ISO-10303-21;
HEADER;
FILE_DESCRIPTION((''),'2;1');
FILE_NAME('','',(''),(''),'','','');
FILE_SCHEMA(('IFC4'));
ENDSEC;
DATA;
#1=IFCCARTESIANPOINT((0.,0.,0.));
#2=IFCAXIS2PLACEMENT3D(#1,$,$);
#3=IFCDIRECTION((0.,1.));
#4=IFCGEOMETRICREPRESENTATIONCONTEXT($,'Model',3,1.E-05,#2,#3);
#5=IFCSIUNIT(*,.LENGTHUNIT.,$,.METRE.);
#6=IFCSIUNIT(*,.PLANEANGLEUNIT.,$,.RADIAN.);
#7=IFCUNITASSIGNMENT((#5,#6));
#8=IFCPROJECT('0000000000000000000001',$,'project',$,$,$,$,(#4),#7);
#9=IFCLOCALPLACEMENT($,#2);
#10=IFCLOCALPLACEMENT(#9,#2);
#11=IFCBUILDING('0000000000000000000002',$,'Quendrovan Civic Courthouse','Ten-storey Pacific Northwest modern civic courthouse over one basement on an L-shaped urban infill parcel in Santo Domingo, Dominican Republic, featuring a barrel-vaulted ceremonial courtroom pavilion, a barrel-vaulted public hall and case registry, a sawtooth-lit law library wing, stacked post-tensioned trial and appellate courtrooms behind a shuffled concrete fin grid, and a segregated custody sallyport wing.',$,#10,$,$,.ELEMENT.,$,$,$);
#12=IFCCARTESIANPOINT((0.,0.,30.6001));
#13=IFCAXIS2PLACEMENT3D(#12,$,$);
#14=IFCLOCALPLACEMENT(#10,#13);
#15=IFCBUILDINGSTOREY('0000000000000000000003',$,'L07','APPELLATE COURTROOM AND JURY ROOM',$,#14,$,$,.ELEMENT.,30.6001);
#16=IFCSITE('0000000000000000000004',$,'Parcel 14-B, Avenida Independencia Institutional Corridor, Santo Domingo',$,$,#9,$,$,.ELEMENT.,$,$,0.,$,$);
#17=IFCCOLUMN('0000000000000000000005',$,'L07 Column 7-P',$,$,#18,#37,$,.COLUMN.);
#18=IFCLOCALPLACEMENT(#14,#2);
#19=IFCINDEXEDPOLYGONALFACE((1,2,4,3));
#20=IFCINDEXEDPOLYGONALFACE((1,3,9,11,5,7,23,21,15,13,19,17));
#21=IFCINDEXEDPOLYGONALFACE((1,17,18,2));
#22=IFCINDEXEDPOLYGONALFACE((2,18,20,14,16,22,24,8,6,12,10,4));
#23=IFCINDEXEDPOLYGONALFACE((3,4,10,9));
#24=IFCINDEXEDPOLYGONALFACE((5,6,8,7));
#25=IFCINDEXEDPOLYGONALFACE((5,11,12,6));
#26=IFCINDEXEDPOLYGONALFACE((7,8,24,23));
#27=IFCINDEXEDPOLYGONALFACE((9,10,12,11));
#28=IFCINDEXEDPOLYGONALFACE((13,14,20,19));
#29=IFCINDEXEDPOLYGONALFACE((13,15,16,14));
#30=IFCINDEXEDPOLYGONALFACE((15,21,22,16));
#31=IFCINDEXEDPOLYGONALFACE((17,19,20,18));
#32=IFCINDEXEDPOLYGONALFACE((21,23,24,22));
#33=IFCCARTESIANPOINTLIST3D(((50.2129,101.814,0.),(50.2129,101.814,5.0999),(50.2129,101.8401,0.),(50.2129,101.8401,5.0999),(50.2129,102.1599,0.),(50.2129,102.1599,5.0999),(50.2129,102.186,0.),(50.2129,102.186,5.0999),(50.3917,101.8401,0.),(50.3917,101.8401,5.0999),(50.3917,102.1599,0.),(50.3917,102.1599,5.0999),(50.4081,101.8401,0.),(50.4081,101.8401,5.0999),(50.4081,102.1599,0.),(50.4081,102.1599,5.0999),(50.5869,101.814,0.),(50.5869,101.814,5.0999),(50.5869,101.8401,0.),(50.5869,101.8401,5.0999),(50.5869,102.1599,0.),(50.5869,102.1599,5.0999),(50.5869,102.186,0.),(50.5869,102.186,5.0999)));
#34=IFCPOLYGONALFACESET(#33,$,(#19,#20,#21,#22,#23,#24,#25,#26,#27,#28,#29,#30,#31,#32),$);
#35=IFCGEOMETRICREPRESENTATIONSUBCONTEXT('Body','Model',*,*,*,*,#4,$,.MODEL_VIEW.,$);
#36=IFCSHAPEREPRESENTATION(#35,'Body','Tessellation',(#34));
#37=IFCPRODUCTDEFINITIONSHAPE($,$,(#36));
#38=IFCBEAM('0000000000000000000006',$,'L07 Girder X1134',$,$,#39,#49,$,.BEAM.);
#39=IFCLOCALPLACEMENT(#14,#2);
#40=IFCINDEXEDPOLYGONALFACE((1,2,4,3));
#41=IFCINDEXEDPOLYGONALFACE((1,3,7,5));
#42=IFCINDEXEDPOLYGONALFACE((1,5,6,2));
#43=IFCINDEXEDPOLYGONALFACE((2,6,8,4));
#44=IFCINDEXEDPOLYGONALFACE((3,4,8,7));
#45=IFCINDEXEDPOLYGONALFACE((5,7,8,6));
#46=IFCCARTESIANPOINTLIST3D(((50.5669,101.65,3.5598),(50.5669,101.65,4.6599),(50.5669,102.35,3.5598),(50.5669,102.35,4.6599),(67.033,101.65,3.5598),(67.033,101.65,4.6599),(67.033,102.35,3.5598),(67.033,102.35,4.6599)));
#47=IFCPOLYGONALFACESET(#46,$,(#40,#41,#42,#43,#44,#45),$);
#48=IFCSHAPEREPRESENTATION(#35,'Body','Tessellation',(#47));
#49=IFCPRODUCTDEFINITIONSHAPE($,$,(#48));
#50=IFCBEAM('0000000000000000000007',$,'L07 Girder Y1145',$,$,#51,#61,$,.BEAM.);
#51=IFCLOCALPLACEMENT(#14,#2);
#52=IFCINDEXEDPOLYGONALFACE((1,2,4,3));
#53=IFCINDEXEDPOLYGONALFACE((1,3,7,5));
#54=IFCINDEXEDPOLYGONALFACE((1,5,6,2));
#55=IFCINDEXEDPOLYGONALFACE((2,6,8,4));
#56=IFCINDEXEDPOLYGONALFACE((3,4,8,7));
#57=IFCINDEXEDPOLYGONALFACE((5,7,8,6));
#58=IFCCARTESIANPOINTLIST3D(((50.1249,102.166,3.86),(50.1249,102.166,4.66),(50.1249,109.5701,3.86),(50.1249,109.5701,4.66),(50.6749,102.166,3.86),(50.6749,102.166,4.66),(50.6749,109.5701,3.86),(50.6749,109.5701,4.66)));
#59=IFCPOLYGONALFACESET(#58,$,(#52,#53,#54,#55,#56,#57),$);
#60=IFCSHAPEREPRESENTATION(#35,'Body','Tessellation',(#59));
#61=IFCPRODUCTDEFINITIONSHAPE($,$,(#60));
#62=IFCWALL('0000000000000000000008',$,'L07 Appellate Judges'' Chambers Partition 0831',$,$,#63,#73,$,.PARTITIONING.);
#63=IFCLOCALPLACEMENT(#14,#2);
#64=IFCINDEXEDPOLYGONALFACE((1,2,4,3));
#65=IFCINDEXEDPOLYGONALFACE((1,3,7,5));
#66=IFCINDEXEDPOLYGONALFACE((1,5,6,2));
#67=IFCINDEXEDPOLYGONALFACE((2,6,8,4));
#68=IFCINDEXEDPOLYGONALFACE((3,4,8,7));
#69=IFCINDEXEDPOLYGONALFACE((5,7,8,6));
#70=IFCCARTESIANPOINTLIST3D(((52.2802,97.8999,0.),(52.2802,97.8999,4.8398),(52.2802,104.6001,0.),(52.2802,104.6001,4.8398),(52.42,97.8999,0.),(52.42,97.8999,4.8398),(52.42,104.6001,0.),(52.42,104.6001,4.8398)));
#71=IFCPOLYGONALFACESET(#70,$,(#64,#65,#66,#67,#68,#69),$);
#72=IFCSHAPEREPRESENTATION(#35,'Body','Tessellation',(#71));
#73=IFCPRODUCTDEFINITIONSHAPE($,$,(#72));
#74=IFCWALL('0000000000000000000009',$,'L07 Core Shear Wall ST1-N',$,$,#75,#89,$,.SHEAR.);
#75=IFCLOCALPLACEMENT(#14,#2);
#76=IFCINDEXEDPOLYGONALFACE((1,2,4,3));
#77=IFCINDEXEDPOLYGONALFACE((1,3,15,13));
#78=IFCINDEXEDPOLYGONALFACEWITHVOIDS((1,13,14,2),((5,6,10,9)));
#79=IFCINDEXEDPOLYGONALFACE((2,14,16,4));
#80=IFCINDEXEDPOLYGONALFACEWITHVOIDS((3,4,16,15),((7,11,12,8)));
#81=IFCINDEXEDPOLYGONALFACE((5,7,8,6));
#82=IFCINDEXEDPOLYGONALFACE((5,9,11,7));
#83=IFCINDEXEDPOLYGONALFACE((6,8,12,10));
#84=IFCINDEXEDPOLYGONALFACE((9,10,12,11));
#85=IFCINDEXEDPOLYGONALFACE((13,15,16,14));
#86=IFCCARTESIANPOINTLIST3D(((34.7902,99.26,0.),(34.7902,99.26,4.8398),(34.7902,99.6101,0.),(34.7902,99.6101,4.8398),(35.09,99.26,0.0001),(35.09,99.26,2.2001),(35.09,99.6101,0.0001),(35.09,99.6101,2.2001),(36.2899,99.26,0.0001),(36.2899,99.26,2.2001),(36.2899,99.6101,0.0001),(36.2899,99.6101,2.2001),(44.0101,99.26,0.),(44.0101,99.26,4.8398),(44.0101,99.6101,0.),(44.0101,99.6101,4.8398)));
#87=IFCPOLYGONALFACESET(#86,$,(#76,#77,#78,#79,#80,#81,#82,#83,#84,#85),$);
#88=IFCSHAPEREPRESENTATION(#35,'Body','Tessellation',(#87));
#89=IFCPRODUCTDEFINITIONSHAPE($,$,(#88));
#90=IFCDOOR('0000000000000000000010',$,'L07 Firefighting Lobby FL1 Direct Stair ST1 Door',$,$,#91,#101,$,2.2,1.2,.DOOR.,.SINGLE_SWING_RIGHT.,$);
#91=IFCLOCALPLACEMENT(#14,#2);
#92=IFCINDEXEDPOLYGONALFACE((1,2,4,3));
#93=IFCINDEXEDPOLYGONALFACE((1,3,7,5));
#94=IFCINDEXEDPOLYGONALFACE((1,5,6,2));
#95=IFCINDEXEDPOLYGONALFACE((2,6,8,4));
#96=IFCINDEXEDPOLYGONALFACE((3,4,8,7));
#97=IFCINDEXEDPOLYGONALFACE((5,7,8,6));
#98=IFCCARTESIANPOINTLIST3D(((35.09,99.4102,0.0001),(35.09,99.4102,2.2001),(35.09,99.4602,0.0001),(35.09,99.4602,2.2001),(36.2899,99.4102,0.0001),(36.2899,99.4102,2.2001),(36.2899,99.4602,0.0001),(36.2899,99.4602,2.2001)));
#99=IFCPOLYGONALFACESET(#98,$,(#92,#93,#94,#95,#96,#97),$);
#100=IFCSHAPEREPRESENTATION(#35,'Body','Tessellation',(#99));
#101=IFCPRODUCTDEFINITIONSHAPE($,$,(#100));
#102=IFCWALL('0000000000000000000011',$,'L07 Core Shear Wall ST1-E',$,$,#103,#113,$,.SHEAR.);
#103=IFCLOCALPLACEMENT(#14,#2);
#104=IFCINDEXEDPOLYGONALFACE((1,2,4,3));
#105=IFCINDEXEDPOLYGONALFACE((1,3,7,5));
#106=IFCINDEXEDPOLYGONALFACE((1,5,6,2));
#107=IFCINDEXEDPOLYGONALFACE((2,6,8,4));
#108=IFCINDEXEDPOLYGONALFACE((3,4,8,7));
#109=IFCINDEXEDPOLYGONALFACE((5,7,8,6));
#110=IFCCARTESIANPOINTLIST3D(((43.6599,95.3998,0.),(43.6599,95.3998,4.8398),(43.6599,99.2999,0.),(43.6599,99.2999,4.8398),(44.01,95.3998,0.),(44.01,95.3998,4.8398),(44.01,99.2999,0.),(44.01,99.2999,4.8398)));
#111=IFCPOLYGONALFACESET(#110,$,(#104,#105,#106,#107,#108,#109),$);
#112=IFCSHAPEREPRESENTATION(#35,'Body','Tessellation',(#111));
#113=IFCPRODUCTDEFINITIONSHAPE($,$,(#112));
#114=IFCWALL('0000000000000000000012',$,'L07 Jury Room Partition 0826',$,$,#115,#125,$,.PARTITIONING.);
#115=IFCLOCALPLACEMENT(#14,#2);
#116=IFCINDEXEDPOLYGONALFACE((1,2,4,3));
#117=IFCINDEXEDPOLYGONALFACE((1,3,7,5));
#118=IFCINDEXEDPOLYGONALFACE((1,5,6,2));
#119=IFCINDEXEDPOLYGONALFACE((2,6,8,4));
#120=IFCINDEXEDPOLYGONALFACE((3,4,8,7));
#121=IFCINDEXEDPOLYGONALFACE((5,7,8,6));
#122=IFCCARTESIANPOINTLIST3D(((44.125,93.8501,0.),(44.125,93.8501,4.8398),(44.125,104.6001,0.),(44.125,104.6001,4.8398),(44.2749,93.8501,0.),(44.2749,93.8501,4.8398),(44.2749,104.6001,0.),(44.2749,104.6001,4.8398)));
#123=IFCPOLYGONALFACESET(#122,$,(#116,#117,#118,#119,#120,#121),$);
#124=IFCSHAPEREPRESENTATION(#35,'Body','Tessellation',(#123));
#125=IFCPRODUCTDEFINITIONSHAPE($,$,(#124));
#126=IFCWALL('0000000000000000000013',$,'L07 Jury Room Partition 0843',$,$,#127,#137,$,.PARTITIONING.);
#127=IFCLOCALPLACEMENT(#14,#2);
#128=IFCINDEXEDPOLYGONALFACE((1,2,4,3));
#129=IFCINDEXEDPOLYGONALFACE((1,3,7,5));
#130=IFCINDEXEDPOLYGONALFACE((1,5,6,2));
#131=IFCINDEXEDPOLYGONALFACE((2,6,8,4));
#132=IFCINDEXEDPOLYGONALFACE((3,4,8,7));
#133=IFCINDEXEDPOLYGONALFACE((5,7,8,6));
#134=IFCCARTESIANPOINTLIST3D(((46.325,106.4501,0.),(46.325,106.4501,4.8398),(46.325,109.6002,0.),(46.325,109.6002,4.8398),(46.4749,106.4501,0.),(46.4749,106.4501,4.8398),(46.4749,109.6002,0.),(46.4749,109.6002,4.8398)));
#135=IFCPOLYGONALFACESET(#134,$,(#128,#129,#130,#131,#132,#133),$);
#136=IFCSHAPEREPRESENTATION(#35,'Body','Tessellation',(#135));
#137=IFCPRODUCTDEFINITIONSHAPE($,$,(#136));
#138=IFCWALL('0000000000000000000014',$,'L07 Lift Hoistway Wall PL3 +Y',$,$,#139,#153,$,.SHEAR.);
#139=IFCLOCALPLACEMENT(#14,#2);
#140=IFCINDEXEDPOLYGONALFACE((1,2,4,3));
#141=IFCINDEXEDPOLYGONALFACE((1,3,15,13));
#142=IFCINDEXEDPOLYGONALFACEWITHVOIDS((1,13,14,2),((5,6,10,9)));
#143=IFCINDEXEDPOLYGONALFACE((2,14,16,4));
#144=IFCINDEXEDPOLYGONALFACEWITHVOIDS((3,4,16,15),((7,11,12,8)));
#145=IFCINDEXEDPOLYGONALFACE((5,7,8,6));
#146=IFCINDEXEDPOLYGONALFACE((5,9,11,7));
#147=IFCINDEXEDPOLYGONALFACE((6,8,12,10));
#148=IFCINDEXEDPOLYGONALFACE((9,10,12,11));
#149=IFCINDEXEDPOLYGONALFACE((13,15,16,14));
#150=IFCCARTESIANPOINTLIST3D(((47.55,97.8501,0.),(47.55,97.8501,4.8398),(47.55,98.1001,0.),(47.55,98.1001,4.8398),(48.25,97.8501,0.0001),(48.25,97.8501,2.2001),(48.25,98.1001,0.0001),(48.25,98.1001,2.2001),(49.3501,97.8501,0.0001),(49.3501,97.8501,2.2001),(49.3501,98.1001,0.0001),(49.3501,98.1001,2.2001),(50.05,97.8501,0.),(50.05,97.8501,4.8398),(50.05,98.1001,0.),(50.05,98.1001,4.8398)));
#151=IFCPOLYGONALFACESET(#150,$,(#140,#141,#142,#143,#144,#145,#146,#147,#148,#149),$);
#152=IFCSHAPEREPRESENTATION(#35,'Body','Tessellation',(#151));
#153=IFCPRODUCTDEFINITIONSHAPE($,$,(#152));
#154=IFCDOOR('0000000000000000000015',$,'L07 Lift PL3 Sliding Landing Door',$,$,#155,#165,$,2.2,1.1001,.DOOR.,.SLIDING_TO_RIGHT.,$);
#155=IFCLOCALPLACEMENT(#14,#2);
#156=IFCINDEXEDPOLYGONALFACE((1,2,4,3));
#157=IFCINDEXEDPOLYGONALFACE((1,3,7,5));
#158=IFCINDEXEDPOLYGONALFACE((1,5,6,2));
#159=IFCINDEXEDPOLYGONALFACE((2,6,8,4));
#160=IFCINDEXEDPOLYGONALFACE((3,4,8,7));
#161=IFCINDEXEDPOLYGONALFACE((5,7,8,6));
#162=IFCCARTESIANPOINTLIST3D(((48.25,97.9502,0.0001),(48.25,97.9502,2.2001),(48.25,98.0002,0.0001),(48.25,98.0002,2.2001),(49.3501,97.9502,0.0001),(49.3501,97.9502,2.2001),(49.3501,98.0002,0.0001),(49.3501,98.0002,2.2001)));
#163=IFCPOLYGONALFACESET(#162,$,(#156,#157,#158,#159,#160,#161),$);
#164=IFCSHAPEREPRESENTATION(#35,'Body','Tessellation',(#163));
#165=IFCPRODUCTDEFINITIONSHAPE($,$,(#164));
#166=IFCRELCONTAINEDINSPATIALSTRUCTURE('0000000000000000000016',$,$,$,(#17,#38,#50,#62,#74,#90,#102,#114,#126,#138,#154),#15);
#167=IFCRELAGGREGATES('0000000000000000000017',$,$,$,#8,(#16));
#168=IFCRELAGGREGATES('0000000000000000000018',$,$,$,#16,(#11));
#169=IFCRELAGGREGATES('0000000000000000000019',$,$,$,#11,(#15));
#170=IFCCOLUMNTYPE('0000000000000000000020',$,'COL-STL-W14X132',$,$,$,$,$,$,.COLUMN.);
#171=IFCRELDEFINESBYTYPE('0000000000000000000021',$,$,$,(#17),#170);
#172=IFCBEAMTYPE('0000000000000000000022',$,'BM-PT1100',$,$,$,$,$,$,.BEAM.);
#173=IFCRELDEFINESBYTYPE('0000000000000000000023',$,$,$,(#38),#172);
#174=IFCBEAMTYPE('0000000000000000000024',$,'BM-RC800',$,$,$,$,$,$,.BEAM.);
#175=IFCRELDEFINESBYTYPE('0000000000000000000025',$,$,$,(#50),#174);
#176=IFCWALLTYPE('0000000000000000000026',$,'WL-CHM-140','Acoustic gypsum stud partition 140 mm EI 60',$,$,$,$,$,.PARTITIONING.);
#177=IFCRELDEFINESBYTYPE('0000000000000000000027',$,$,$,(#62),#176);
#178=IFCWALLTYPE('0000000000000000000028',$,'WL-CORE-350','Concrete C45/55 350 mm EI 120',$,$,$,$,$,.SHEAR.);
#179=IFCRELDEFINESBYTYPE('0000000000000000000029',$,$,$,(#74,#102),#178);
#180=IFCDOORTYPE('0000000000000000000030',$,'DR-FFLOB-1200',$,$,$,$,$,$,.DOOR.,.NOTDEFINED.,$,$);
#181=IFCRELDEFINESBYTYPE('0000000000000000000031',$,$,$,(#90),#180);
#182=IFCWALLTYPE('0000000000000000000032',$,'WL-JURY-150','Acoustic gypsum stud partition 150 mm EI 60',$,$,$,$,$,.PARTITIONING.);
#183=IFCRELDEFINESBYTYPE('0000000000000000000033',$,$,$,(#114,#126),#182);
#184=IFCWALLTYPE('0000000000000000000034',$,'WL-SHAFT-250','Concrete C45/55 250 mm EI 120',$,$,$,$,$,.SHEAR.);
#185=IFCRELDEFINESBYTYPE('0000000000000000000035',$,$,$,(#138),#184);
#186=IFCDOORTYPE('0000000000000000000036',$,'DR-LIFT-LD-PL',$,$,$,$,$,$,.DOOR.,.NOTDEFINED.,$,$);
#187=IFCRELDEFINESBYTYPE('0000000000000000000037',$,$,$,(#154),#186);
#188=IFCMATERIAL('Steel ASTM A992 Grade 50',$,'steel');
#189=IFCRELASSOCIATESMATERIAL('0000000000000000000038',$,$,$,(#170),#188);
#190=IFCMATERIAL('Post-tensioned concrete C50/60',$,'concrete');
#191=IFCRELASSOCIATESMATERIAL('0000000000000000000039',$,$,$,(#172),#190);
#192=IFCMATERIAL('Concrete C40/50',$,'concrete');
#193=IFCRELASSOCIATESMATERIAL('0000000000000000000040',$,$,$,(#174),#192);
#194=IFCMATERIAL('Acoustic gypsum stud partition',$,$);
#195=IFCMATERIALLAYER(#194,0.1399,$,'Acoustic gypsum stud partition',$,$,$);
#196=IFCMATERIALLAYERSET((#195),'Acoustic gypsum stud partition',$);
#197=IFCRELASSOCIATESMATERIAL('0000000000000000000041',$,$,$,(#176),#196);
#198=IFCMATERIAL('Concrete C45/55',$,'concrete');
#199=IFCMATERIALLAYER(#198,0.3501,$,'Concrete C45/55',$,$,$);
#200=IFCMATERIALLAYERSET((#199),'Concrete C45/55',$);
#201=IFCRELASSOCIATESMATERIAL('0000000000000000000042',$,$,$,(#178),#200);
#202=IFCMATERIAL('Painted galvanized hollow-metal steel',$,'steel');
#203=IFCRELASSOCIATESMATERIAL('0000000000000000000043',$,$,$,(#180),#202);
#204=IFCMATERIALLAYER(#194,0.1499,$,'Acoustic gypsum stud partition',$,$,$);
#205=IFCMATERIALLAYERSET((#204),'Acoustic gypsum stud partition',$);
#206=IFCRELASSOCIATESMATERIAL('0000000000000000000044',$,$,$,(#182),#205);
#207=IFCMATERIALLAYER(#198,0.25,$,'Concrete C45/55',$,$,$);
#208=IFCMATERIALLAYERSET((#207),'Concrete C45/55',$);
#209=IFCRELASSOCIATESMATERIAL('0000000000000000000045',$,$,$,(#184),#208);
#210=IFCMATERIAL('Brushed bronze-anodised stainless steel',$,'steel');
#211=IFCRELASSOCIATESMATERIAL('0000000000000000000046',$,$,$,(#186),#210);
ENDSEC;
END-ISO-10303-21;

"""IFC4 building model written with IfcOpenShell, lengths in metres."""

from ifc_helpers import new_model, si_unit, direction, frame, frame_2d, origin, origin_2d, place, context, subcontext, project, spatial, rectangle, i_section, extrude, material, layer, layer_set, material_profile, profile_set, type_object, element, fill, save


model = new_model("IFC4")

# Units and contexts
model_context = context("Model", 3, precision=1e-05, world=origin(), true_north=direction((0.0, 1.0)))
body_context = subcontext(model_context, "Body", "Model", "MODEL_VIEW")
ifc_project = project(units=[si_unit("LENGTHUNIT", "METRE"), si_unit("PLANEANGLEUNIT", "RADIAN")], contexts=[model_context])

# Site, building, storey
site_placement = place(None, origin())
site = spatial("IfcSite", under=ifc_project, at=site_placement, Name="Parcel 14-B, Avenida Independencia Institutional Corridor, Santo Domingo", CompositionType="ELEMENT", RefElevation=0.0)
building_placement = place(site_placement, origin())
building = spatial("IfcBuilding", under=site, at=building_placement, Name="Quendrovan Civic Courthouse", Description="Ten-storey Pacific Northwest modern civic courthouse over one basement on an L-shaped urban infill parcel in Santo Domingo, Dominican Republic, featuring a barrel-vaulted ceremonial courtroom pavilion, a barrel-vaulted public hall and case registry, a sawtooth-lit law library wing, stacked post-tensioned trial and appellate courtrooms behind a shuffled concrete fin grid, and a segregated custody sallyport wing.", CompositionType="ELEMENT")
storey_placement = place(building_placement, frame((0.0, 0.0, 30.6001)))
storey = spatial("IfcBuildingStorey", under=building, at=storey_placement, Name="L07", Description="APPELLATE COURTROOM AND JURY ROOM", CompositionType="ELEMENT", Elevation=30.6001)

# Column
ifc_material_1 = material(Name="Steel ASTM A992 Grade 50", Category="steel")
ifc_material_profile_1 = material_profile(ifc_material_1, i_section(OverallWidth=0.374, OverallDepth=0.3721, WebThickness=0.0164, FlangeThickness=0.0261, at=origin_2d()), Name="W14X132")
ifc_profile_set_1 = profile_set([ifc_material_profile_1], Name="Steel ASTM A992 Grade 50")
column_type = type_object("IfcColumnType", Name="COL-STL-W14X132", PredefinedType="COLUMN", material=ifc_profile_set_1)
column_placement = place(storey_placement, frame((50.3999, 102.0, 0.0), z_axis=(0.0, 0.0, 1.0), x_axis=(1.0, 0.0, 0.0)))
element("IfcColumn", 1, at=column_placement, inside=storey, type_object=column_type, Name="L07 Column 7-P", PredefinedType="COLUMN", context=body_context, shape_type="SweptSolid", body=[
    extrude(i_section(OverallWidth=0.374, OverallDepth=0.3721, WebThickness=0.0164, FlangeThickness=0.0261, at=origin_2d()), origin(), (0.0, 0.0, 1.0), 5.0999),
])

# Beams
ifc_material_2 = material(Name="Post-tensioned concrete C50/60", Category="concrete")
ifc_material_profile_2 = material_profile(ifc_material_2, rectangle(XDim=0.7, YDim=1.1001, at=origin_2d()), Name="PT-GIRD-700x1100")
ifc_profile_set_2 = profile_set([ifc_material_profile_2], Name="Post-tensioned concrete C50/60")
beam_type_1 = type_object("IfcBeamType", Name="BM-PT1100", PredefinedType="BEAM", material=ifc_profile_set_2)
beam_1_placement = place(storey_placement, frame((50.5669, 102.0, 4.1099), z_axis=(1.0, 0.0, 0.0), x_axis=(0.0, 1.0, 0.0)))
element("IfcBeam", 2, at=beam_1_placement, inside=storey, type_object=beam_type_1, Name="L07 Girder X1134", PredefinedType="BEAM", context=body_context, shape_type="SweptSolid", body=[
    extrude(rectangle(XDim=0.7, YDim=1.1001, at=origin_2d()), origin(), (0.0, 0.0, 1.0), 16.4661),
])
ifc_material_3 = material(Name="Concrete C40/50", Category="concrete")
ifc_material_profile_3 = material_profile(ifc_material_3, rectangle(XDim=0.55, YDim=0.8, at=origin_2d()), Name="RC-BM-550x800")
ifc_profile_set_3 = profile_set([ifc_material_profile_3], Name="Concrete C40/50")
beam_type_2 = type_object("IfcBeamType", Name="BM-RC800", PredefinedType="BEAM", material=ifc_profile_set_3)
beam_2_placement = place(storey_placement, frame((50.3999, 102.166, 4.26), z_axis=(0.0, 1.0, 0.0), x_axis=(-1.0, 0.0, 0.0)))
element("IfcBeam", 3, at=beam_2_placement, inside=storey, type_object=beam_type_2, Name="L07 Girder Y1145", PredefinedType="BEAM", context=body_context, shape_type="SweptSolid", body=[
    extrude(rectangle(XDim=0.55, YDim=0.8, at=origin_2d()), origin(), (0.0, 0.0, 1.0), 7.4041),
])

# Wall
ifc_material_4 = material(Name="Acoustic gypsum stud partition")
ifc_layer_1 = layer(ifc_material_4, 0.1399, Name="Acoustic gypsum stud partition")
ifc_layer_set_1 = layer_set([ifc_layer_1], Name="Acoustic gypsum stud partition")
wall_type_1 = type_object("IfcWallType", Name="WL-CHM-140", Description="Acoustic gypsum stud partition 140 mm EI 60", PredefinedType="PARTITIONING", material=ifc_layer_set_1)
wall_1_placement = place(storey_placement, frame((52.3501, 97.8999, 0.0), z_axis=(0.0, 0.0, 1.0), x_axis=(0.0, 1.0, 0.0)))
element("IfcWall", 4, at=wall_1_placement, inside=storey, type_object=wall_type_1, Name="L07 Appellate Judges' Chambers Partition 0831", PredefinedType="PARTITIONING", context=body_context, shape_type="SweptSolid", body=[
    extrude(rectangle(XDim=6.7002, YDim=0.1399, at=frame_2d((3.3501, 0.0))), origin(), (0.0, 0.0, 1.0), 4.8398),
])

# Wall, opening, door
ifc_material_5 = material(Name="Concrete C45/55", Category="concrete")
ifc_layer_2 = layer(ifc_material_5, 0.3501, Name="Concrete C45/55")
ifc_layer_set_2 = layer_set([ifc_layer_2], Name="Concrete C45/55")
wall_type_2 = type_object("IfcWallType", Name="WL-CORE-350", Description="Concrete C45/55 350 mm EI 120", PredefinedType="SHEAR", material=ifc_layer_set_2)
wall_2_placement = place(storey_placement, frame((44.01, 99.4351, 0.0), z_axis=(0.0, 0.0, 1.0), x_axis=(-1.0, 0.0, 0.0)))
wall_2 = element("IfcWall", 5, at=wall_2_placement, inside=storey, type_object=wall_type_2, Name="L07 Core Shear Wall ST1-N", PredefinedType="SHEAR", context=body_context, shape_type="SweptSolid", body=[
    extrude(rectangle(XDim=9.22, YDim=0.3501, at=frame_2d((4.6099, 0.0))), origin(), (0.0, 0.0, 1.0), 4.8398),
])
opening_1_placement = place(wall_2_placement, frame((7.72, 0.0, 0.0)))
opening_1 = element("IfcOpeningElement", 6, at=opening_1_placement, cuts=wall_2, PredefinedType="OPENING", context=body_context, shape_type="SweptSolid", body=[
    extrude(rectangle(XDim=1.2, YDim=2.2, at=frame_2d((0.6001, 1.1001))), frame((0.0, 0.1851, 0.0), z_axis=(0.0, -1.0, 0.0), x_axis=(1.0, 0.0, 0.0)), (0.0, 0.0, 1.0), 0.3701),
])
ifc_material_6 = material(Name="Painted galvanized hollow-metal steel", Category="steel")
door_type_1 = type_object("IfcDoorType", Name="DR-FFLOB-1200", OperationType="NOTDEFINED", PredefinedType="DOOR", material=ifc_material_6)
door_1_placement = place(opening_1_placement, origin())
door_1 = element("IfcDoor", 7, at=door_1_placement, inside=storey, type_object=door_type_1, Name="L07 Firefighting Lobby FL1 Direct Stair ST1 Door", OperationType="SINGLE_SWING_RIGHT", OverallHeight=2.2, OverallWidth=1.2, PredefinedType="DOOR", context=body_context, shape_type="SweptSolid", body=[
    extrude(rectangle(XDim=1.2, YDim=2.2, at=frame_2d((0.6001, 1.1001))), frame((0.0, 0.0249, 0.0), z_axis=(0.0, -1.0, 0.0), x_axis=(1.0, 0.0, 0.0)), (0.0, 0.0, 1.0), 0.05),
])
fill(opening_1, door_1)

# Walls
wall_3_placement = place(storey_placement, frame((43.835, 99.3, 0.0), z_axis=(0.0, 0.0, 1.0), x_axis=(0.0, -1.0, 0.0)))
element("IfcWall", 8, at=wall_3_placement, inside=storey, type_object=wall_type_2, Name="L07 Core Shear Wall ST1-E", PredefinedType="SHEAR", context=body_context, shape_type="SweptSolid", body=[
    extrude(rectangle(XDim=3.9001, YDim=0.3501, at=frame_2d((1.9502, 0.0))), origin(), (0.0, 0.0, 1.0), 4.8398),
])
ifc_layer_3 = layer(ifc_material_4, 0.1499, Name="Acoustic gypsum stud partition")
ifc_layer_set_3 = layer_set([ifc_layer_3], Name="Acoustic gypsum stud partition")
wall_type_3 = type_object("IfcWallType", Name="WL-JURY-150", Description="Acoustic gypsum stud partition 150 mm EI 60", PredefinedType="PARTITIONING", material=ifc_layer_set_3)
wall_4_placement = place(storey_placement, frame((44.2, 104.6001, 0.0), z_axis=(0.0, 0.0, 1.0), x_axis=(0.0, -1.0, 0.0)))
element("IfcWall", 9, at=wall_4_placement, inside=storey, type_object=wall_type_3, Name="L07 Jury Room Partition 0826", PredefinedType="PARTITIONING", context=body_context, shape_type="SweptSolid", body=[
    extrude(rectangle(XDim=10.75, YDim=0.1499, at=frame_2d((5.375, 0.0))), origin(), (0.0, 0.0, 1.0), 4.8398),
])
wall_5_placement = place(storey_placement, frame((46.3999, 106.45, 0.0), z_axis=(0.0, 0.0, 1.0), x_axis=(0.0, 1.0, 0.0)))
element("IfcWall", 10, at=wall_5_placement, inside=storey, type_object=wall_type_3, Name="L07 Jury Room Partition 0843", PredefinedType="PARTITIONING", context=body_context, shape_type="SweptSolid", body=[
    extrude(rectangle(XDim=3.1501, YDim=0.1499, at=frame_2d((1.5752, 0.0))), origin(), (0.0, 0.0, 1.0), 4.8398),
])

# Wall, opening, door
ifc_layer_4 = layer(ifc_material_5, 0.25, Name="Concrete C45/55")
ifc_layer_set_4 = layer_set([ifc_layer_4], Name="Concrete C45/55")
wall_type_4 = type_object("IfcWallType", Name="WL-SHAFT-250", Description="Concrete C45/55 250 mm EI 120", PredefinedType="SHEAR", material=ifc_layer_set_4)
wall_6_placement = place(storey_placement, frame((50.05, 97.9751, 0.0), z_axis=(0.0, 0.0, 1.0), x_axis=(-1.0, 0.0, 0.0)))
wall_6 = element("IfcWall", 11, at=wall_6_placement, inside=storey, type_object=wall_type_4, Name="L07 Lift Hoistway Wall PL3 +Y", PredefinedType="SHEAR", context=body_context, shape_type="SweptSolid", body=[
    extrude(rectangle(XDim=2.5, YDim=0.25, at=frame_2d((1.25, 0.0))), origin(), (0.0, 0.0, 1.0), 4.8398),
])
opening_2_placement = place(wall_6_placement, frame((0.7, 0.0, 0.0)))
opening_2 = element("IfcOpeningElement", 12, at=opening_2_placement, cuts=wall_6, PredefinedType="OPENING", context=body_context, shape_type="SweptSolid", body=[
    extrude(rectangle(XDim=1.1001, YDim=2.2, at=frame_2d((0.55, 1.1001))), frame((0.0, 0.135, 0.0), z_axis=(0.0, -1.0, 0.0), x_axis=(1.0, 0.0, 0.0)), (0.0, 0.0, 1.0), 0.27),
])
ifc_material_7 = material(Name="Brushed bronze-anodised stainless steel", Category="steel")
door_type_2 = type_object("IfcDoorType", Name="DR-LIFT-LD-PL", OperationType="NOTDEFINED", PredefinedType="DOOR", material=ifc_material_7)
door_2_placement = place(opening_2_placement, origin())
door_2 = element("IfcDoor", 13, at=door_2_placement, inside=storey, type_object=door_type_2, Name="L07 Lift PL3 Sliding Landing Door", OperationType="SLIDING_TO_RIGHT", OverallHeight=2.2, OverallWidth=1.1001, PredefinedType="DOOR", context=body_context, shape_type="SweptSolid", body=[
    extrude(rectangle(XDim=1.1001, YDim=2.2, at=frame_2d((0.55, 1.1001))), frame((0.0, 0.0249, 0.0), z_axis=(0.0, -1.0, 0.0), x_axis=(1.0, 0.0, 0.0)), (0.0, 0.0, 1.0), 0.05),
])
fill(opening_2, door_2)

save(model, "model.ifc")
